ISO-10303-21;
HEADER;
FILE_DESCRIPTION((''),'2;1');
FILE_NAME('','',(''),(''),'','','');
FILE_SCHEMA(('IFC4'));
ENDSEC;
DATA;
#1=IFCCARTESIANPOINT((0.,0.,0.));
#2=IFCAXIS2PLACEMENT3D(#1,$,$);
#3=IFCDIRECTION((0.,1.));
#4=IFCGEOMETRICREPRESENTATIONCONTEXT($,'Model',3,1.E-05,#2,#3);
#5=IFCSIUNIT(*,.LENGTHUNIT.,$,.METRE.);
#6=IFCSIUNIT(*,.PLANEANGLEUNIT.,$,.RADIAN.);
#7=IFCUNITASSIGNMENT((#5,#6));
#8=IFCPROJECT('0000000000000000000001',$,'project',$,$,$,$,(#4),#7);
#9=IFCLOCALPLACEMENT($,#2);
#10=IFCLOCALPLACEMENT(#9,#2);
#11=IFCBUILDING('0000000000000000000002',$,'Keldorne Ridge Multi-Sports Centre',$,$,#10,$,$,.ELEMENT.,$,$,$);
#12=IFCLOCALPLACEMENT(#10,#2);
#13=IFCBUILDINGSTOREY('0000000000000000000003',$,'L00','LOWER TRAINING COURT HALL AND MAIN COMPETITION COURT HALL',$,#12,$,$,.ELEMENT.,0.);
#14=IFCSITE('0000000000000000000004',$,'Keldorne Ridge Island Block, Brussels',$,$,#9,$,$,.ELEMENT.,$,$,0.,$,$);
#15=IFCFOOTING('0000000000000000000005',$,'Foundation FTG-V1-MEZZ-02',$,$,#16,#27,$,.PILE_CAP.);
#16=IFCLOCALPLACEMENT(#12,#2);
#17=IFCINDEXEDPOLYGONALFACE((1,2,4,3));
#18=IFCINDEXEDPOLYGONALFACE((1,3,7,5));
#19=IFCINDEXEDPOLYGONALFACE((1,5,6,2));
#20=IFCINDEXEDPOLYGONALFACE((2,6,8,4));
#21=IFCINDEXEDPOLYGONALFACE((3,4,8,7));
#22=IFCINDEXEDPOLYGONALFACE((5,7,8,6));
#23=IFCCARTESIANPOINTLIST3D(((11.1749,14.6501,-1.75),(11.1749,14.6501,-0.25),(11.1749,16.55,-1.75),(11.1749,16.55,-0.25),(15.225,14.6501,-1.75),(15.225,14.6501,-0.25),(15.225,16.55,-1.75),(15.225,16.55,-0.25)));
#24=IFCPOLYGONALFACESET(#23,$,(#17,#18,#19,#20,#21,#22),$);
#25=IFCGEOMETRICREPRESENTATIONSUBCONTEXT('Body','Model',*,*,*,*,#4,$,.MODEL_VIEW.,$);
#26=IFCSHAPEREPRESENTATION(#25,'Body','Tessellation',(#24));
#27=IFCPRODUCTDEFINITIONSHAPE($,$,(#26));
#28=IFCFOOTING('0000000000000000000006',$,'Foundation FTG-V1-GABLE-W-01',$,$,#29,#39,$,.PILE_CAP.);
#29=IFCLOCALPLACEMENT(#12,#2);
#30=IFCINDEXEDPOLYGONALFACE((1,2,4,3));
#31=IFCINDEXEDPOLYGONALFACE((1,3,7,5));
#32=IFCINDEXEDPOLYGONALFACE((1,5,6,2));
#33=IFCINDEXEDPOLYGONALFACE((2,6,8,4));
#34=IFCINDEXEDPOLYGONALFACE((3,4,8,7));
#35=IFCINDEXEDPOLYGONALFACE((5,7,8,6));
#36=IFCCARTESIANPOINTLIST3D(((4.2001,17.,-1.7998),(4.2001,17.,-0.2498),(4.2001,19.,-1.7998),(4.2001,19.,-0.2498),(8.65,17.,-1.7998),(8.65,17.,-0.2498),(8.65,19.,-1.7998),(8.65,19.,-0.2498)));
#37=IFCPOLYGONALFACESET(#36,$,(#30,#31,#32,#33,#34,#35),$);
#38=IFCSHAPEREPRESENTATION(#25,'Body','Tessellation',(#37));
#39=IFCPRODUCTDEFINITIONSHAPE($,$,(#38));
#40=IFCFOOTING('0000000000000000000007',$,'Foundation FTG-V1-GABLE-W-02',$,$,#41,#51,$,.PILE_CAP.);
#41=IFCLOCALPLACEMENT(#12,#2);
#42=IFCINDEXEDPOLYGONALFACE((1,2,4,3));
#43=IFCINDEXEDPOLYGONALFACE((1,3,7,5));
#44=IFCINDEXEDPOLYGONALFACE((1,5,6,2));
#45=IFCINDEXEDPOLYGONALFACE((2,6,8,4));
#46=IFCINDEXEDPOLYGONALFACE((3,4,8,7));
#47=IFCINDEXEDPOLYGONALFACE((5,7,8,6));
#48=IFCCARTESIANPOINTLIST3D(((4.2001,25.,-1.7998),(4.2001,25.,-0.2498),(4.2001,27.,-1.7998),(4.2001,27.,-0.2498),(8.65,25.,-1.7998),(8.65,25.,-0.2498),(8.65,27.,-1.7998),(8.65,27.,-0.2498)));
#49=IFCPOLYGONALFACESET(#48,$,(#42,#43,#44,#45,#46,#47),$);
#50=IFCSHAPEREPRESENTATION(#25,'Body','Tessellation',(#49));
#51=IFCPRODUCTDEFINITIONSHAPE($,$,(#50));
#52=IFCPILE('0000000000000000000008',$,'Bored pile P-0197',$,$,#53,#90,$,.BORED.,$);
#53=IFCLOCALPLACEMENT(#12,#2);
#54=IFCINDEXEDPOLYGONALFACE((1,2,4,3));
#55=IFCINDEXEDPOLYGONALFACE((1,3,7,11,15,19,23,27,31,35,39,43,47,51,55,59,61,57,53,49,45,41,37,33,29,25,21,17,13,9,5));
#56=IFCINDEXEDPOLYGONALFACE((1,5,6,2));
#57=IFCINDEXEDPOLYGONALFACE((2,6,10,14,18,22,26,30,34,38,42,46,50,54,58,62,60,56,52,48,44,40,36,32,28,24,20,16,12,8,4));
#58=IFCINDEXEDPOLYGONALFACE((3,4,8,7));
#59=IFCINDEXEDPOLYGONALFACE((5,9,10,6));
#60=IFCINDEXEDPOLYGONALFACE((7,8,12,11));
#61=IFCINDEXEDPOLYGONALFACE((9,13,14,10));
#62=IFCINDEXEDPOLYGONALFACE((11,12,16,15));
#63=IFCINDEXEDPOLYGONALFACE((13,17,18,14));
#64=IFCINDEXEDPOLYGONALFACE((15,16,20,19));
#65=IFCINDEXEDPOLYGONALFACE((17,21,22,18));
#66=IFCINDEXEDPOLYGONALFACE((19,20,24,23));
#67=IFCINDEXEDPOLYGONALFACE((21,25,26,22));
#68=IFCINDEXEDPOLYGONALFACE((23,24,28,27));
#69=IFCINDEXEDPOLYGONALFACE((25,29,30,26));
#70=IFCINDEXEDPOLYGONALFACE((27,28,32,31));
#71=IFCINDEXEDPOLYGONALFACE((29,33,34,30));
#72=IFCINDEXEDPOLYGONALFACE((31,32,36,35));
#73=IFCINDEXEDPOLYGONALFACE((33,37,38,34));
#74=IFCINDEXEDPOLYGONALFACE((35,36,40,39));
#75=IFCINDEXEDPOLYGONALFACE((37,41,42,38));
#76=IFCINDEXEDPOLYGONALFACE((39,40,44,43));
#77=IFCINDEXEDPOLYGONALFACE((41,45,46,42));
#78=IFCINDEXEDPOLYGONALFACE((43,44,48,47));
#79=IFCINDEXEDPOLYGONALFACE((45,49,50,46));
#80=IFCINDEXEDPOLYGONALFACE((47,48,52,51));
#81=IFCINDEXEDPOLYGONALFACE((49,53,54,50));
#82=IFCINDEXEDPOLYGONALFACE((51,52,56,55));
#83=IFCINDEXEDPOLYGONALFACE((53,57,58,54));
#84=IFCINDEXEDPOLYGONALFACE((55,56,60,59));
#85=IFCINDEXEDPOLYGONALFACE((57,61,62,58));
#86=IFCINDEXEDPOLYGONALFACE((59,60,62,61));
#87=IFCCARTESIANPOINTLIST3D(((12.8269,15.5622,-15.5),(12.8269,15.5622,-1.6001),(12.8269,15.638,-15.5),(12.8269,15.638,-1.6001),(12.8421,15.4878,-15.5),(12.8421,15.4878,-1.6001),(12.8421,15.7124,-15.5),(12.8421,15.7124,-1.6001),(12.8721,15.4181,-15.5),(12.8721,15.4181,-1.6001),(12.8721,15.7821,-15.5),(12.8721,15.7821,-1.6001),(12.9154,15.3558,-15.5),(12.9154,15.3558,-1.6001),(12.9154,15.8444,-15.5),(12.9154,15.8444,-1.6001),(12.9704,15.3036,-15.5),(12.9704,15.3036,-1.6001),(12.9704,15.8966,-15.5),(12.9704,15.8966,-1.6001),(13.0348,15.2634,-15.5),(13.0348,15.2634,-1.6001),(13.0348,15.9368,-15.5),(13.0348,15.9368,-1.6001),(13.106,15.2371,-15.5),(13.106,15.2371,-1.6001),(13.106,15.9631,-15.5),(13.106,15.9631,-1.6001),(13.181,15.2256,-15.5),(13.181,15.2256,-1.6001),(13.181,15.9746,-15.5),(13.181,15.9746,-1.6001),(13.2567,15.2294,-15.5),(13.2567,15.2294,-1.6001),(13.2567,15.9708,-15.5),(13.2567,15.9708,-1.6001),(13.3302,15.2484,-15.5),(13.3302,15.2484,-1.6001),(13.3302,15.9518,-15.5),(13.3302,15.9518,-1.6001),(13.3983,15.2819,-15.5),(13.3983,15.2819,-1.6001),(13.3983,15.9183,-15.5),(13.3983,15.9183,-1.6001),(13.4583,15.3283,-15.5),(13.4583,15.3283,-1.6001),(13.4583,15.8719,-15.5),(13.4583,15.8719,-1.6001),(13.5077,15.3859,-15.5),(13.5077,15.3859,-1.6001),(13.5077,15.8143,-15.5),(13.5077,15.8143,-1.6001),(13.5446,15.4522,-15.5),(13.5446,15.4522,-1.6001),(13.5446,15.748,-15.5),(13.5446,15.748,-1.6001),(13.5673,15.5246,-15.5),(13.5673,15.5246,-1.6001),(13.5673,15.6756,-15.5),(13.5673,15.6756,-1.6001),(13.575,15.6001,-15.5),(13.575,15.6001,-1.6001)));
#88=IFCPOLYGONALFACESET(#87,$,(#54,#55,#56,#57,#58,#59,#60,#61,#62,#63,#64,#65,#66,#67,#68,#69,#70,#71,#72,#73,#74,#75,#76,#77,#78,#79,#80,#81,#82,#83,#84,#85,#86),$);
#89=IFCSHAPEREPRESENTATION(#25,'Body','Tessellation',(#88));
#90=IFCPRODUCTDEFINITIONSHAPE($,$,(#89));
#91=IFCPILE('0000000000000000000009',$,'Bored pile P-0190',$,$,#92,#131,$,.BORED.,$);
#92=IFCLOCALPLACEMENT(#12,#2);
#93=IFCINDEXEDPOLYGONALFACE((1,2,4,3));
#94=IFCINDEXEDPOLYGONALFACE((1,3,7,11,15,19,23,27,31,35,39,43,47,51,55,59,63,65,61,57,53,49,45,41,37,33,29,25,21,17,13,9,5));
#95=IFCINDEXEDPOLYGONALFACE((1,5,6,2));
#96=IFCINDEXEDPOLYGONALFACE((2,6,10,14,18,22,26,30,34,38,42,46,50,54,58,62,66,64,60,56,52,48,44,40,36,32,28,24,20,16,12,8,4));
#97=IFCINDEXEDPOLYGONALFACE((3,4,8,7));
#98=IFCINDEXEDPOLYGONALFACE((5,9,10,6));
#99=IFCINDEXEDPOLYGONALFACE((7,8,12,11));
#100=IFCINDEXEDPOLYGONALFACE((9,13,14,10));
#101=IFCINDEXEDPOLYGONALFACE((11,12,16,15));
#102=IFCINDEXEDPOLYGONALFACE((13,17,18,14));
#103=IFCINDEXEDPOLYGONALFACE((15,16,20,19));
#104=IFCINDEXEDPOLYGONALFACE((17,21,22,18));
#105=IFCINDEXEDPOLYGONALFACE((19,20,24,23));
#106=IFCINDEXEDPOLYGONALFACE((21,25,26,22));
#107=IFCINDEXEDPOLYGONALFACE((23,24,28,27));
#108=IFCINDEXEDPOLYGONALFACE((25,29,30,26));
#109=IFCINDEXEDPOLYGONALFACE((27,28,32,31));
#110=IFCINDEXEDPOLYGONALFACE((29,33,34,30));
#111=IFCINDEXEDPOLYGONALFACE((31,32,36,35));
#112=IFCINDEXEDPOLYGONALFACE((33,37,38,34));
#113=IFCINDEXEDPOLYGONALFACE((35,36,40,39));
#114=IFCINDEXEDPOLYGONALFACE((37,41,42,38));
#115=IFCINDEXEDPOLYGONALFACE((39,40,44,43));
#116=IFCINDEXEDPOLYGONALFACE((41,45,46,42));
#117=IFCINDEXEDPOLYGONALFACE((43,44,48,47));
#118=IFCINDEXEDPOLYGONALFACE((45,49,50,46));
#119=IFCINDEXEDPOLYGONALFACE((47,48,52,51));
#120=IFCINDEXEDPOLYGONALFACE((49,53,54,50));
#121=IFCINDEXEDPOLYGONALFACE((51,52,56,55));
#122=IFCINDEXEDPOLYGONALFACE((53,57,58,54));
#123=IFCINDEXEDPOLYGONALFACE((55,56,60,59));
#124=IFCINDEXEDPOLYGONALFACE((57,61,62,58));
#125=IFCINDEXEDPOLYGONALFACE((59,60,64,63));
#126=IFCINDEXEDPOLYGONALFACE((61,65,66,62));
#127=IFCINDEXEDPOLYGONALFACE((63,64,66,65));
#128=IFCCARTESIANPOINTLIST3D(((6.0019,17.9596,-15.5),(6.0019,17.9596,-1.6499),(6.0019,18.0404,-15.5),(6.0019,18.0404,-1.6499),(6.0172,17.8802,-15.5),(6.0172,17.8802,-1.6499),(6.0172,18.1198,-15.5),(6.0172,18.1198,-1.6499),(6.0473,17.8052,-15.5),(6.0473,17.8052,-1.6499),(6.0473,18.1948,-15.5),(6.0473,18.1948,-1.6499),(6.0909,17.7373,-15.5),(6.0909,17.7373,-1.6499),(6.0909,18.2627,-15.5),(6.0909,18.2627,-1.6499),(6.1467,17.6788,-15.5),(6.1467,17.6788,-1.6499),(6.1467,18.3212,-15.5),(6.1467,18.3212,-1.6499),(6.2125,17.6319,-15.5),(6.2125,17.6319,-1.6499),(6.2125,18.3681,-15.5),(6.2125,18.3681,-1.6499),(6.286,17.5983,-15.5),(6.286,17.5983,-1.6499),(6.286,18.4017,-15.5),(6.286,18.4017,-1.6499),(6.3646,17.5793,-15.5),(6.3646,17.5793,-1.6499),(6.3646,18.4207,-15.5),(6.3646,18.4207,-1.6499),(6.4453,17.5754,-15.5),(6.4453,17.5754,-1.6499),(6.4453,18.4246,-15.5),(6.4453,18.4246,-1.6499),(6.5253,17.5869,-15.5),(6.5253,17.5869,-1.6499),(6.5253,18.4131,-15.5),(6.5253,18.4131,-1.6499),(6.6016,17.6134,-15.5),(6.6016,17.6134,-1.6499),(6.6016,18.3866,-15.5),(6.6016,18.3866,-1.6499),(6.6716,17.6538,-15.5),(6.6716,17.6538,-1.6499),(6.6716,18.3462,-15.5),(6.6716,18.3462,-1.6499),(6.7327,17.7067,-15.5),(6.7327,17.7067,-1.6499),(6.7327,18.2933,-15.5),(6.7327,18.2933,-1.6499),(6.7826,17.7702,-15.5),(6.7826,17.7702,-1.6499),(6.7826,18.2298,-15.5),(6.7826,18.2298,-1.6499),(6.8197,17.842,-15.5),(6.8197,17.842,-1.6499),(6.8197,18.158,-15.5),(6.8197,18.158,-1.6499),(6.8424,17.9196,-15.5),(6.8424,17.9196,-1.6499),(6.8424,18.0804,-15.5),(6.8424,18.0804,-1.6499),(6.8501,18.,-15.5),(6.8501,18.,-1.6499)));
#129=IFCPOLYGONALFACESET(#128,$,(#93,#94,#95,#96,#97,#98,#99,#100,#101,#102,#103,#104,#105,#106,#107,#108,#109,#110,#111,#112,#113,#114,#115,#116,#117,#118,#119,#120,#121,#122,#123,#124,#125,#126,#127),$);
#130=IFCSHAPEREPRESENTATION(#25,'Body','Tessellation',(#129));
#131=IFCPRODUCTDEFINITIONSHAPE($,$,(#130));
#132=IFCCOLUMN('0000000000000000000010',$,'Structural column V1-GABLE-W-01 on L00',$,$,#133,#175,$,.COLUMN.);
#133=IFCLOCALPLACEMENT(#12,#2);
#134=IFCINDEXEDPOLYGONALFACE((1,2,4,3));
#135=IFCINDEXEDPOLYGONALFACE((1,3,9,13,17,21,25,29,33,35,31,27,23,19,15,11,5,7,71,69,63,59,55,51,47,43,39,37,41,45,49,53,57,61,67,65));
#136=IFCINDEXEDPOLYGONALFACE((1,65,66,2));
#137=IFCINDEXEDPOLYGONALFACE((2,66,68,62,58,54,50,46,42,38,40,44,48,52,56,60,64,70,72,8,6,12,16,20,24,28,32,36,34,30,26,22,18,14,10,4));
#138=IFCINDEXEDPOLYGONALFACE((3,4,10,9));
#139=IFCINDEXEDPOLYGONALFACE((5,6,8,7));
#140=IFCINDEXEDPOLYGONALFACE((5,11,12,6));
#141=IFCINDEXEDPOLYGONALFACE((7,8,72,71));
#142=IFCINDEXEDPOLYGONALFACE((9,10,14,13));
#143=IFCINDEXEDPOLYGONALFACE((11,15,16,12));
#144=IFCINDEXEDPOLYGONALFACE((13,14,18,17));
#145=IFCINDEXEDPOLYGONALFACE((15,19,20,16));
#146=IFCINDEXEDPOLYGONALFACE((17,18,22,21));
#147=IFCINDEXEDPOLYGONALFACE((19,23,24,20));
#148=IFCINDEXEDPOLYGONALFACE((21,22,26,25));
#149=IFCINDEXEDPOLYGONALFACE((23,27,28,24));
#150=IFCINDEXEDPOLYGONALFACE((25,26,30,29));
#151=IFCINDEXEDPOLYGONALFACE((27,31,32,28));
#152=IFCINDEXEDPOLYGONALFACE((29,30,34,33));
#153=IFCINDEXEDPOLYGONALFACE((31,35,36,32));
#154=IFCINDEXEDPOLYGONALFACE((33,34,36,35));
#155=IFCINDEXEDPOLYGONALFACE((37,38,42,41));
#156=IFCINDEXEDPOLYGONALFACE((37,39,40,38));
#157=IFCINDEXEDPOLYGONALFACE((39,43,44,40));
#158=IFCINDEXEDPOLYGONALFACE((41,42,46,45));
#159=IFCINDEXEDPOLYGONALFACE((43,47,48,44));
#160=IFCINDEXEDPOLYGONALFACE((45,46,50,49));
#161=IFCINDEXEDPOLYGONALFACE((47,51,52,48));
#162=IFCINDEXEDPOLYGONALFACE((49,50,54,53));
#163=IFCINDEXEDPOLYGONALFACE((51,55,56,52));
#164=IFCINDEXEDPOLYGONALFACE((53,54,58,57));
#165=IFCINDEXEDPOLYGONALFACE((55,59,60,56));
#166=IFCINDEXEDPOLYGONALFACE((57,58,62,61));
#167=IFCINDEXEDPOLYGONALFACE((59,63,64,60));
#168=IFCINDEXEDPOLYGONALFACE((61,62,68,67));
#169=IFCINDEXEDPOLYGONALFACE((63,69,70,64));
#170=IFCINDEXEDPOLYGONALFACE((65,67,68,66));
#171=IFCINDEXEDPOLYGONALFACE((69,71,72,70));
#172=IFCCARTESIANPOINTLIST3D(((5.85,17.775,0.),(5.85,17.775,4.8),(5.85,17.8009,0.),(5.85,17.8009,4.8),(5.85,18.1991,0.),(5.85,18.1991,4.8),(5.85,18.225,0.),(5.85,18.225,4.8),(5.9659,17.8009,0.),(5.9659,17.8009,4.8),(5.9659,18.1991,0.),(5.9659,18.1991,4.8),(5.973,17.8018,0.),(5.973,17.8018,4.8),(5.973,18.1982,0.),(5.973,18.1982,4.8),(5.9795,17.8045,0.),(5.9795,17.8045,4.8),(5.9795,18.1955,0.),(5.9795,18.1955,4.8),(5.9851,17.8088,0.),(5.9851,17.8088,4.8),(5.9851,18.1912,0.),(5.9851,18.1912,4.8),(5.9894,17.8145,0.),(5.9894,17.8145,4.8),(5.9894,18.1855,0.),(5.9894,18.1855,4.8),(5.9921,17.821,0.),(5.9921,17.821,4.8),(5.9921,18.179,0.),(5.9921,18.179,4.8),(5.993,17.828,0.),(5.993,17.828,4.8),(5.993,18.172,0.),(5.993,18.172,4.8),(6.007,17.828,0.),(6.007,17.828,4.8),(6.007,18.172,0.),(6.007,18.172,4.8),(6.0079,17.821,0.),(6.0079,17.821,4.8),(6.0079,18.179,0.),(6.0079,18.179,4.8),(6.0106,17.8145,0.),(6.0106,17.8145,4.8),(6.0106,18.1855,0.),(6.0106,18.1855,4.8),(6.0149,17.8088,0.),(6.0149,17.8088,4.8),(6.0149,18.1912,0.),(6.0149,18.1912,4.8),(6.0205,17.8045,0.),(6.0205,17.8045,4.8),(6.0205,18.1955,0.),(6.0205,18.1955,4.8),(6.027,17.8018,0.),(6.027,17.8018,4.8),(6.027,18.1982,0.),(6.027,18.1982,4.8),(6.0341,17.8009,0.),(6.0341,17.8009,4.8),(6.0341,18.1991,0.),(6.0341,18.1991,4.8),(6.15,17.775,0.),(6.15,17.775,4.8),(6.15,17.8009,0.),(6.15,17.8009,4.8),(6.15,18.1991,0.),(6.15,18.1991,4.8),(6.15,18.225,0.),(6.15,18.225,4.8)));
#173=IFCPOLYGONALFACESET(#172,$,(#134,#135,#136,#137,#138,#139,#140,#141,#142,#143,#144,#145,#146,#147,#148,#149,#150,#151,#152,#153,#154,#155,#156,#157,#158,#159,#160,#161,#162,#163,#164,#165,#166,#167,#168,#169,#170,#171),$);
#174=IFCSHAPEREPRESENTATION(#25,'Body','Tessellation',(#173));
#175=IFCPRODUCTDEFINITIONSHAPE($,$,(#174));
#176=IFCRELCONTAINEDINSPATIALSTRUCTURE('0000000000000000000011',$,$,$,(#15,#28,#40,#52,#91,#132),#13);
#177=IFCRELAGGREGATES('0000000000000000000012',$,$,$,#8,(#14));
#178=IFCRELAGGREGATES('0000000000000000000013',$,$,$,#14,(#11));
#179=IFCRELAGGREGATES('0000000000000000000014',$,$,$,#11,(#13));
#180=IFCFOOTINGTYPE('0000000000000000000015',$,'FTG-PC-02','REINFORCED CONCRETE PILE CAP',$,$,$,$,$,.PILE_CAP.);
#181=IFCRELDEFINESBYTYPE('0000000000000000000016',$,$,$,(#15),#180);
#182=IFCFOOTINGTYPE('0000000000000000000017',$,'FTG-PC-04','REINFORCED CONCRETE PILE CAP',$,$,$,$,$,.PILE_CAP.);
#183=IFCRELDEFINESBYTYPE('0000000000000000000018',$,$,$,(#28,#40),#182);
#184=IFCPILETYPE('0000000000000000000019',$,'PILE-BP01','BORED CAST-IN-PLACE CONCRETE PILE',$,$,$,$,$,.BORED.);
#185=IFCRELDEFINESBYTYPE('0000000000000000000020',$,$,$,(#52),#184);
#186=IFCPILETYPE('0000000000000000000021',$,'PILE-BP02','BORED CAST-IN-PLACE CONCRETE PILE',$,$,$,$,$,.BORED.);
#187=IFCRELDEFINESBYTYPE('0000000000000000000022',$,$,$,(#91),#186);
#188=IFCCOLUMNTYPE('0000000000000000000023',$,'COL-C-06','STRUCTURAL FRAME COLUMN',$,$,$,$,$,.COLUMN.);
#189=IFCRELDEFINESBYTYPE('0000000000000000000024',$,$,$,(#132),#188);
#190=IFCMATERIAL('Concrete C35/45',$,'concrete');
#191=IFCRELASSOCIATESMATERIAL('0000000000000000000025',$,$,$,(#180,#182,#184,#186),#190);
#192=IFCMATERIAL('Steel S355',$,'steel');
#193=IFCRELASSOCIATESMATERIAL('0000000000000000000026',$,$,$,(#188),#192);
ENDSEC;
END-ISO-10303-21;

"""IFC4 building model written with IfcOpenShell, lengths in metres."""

from ifc_helpers import new_model, si_unit, direction, frame, origin, origin_2d, place, context, subcontext, project, spatial, rectangle, circle, i_section, extrude, material, material_profile, profile_set, type_object, element, save


model = new_model("IFC4")

# Units and contexts
model_context = context("Model", 3, precision=1e-05, world=origin(), true_north=direction((0.0, 1.0)))
body_context = subcontext(model_context, "Body", "Model", "MODEL_VIEW")
ifc_project = project(units=[si_unit("LENGTHUNIT", "METRE"), si_unit("PLANEANGLEUNIT", "RADIAN")], contexts=[model_context])

# Site, building, storey
site_placement = place(None, origin())
site = spatial("IfcSite", under=ifc_project, at=site_placement, Name="Keldorne Ridge Island Block, Brussels", CompositionType="ELEMENT", RefElevation=0.0)
building_placement = place(site_placement, origin())
building = spatial("IfcBuilding", under=site, at=building_placement, Name="Keldorne Ridge Multi-Sports Centre", CompositionType="ELEMENT")
storey_placement = place(building_placement, origin())
storey = spatial("IfcBuildingStorey", under=building, at=storey_placement, Name="L00", Description="LOWER TRAINING COURT HALL AND MAIN COMPETITION COURT HALL", CompositionType="ELEMENT", Elevation=0.0)

# Footings
ifc_material_1 = material(Name="Concrete C35/45", Category="concrete")
footing_type_1 = type_object("IfcFootingType", Name="FTG-PC-02", Description="REINFORCED CONCRETE PILE CAP", PredefinedType="PILE_CAP", material=ifc_material_1)
footing_placement = place(storey_placement, frame((13.2, 15.6001, -1.75), z_axis=(0.0, 0.0, 1.0), x_axis=(1.0, 0.0, 0.0)))
element("IfcFooting", 1, at=footing_placement, inside=storey, type_object=footing_type_1, Name="Foundation FTG-V1-MEZZ-02", PredefinedType="PILE_CAP", context=body_context, shape_type="SweptSolid", body=[
    extrude(rectangle(XDim=4.05, YDim=1.8999, at=origin_2d()), origin(), (0.0, 0.0, 1.0), 1.5),
])
footing_type_2 = type_object("IfcFootingType", Name="FTG-PC-04", Description="REINFORCED CONCRETE PILE CAP", PredefinedType="PILE_CAP", material=ifc_material_1)
for number, where, z_axis, x_axis, name in (
    (2, (6.425, 18.0, -1.7998), (0.0, 0.0, 1.0), (1.0, 0.0, 0.0), "Foundation FTG-V1-GABLE-W-01"),
    (3, (6.425, 26.0, -1.7998), (0.0, 0.0, 1.0), (1.0, 0.0, 0.0), "Foundation FTG-V1-GABLE-W-02"),
):
    element("IfcFooting", number, at=place(storey_placement, frame(where, z_axis=z_axis, x_axis=x_axis)), inside=storey, type_object=footing_type_2, Name=name, PredefinedType="PILE_CAP", context=body_context, shape_type="SweptSolid", body=[
        extrude(rectangle(XDim=4.45, YDim=2.0, at=origin_2d()), origin(), (0.0, 0.0, 1.0), 1.55),
    ])

# Piles
ifc_material_profile_1 = material_profile(ifc_material_1, circle(Radius=0.375, at=origin_2d()), Name="BORED PILE D750")
ifc_profile_set_1 = profile_set([ifc_material_profile_1], Name="Concrete C35/45")
pile_type_1 = type_object("IfcPileType", Name="PILE-BP01", Description="BORED CAST-IN-PLACE CONCRETE PILE", PredefinedType="BORED", material=ifc_profile_set_1)
pile_1_placement = place(storey_placement, frame((13.2, 15.6001, -1.6001), z_axis=(0.0, 0.0, -1.0), x_axis=(1.0, 0.0, 0.0)))
element("IfcPile", 4, at=pile_1_placement, inside=storey, type_object=pile_type_1, Name="Bored pile P-0197", PredefinedType="BORED", context=body_context, shape_type="SweptSolid", body=[
    extrude(circle(Radius=0.375, at=origin_2d()), origin(), (0.0, 0.0, 1.0), 13.8999),
])
ifc_material_profile_2 = material_profile(ifc_material_1, circle(Radius=0.425, at=origin_2d()), Name="BORED PILE D850")
ifc_profile_set_2 = profile_set([ifc_material_profile_2], Name="Concrete C35/45")
pile_type_2 = type_object("IfcPileType", Name="PILE-BP02", Description="BORED CAST-IN-PLACE CONCRETE PILE", PredefinedType="BORED", material=ifc_profile_set_2)
pile_2_placement = place(storey_placement, frame((6.425, 18.0, -1.6499), z_axis=(0.0, 0.0, -1.0), x_axis=(1.0, 0.0, 0.0)))
element("IfcPile", 5, at=pile_2_placement, inside=storey, type_object=pile_type_2, Name="Bored pile P-0190", PredefinedType="BORED", context=body_context, shape_type="SweptSolid", body=[
    extrude(circle(Radius=0.425, at=origin_2d()), origin(), (0.0, 0.0, 1.0), 13.8501),
])

# Column
ifc_material_2 = material(Name="Steel S355", Category="steel")
ifc_material_profile_3 = material_profile(ifc_material_2, i_section(OverallWidth=0.3, OverallDepth=0.45, WebThickness=0.0139, FlangeThickness=0.0259, FilletRadius=0.0271, at=origin_2d()), Name="HEB 450")
ifc_profile_set_3 = profile_set([ifc_material_profile_3], Name="Steel S355")
column_type_1 = type_object("IfcColumnType", Name="COL-C-06", Description="STRUCTURAL FRAME COLUMN", PredefinedType="COLUMN", material=ifc_profile_set_3)
for number, where, z_axis, x_axis, name in (
    (6, (6.0, 18.0, 0.0), (0.0, 0.0, 1.0), (1.0, 0.0, 0.0), "Structural column V1-GABLE-W-01 on L00"),
):
    element("IfcColumn", number, at=place(storey_placement, frame(where, z_axis=z_axis, x_axis=x_axis)), inside=storey, type_object=column_type_1, Name=name, PredefinedType="COLUMN", context=body_context, shape_type="SweptSolid", body=[
        extrude(i_section(OverallWidth=0.3, OverallDepth=0.45, WebThickness=0.0139, FlangeThickness=0.0259, FilletRadius=0.0271, at=origin_2d()), origin(), (0.0, 0.0, 1.0), 4.8),
    ])

save(model, "model.ifc")
